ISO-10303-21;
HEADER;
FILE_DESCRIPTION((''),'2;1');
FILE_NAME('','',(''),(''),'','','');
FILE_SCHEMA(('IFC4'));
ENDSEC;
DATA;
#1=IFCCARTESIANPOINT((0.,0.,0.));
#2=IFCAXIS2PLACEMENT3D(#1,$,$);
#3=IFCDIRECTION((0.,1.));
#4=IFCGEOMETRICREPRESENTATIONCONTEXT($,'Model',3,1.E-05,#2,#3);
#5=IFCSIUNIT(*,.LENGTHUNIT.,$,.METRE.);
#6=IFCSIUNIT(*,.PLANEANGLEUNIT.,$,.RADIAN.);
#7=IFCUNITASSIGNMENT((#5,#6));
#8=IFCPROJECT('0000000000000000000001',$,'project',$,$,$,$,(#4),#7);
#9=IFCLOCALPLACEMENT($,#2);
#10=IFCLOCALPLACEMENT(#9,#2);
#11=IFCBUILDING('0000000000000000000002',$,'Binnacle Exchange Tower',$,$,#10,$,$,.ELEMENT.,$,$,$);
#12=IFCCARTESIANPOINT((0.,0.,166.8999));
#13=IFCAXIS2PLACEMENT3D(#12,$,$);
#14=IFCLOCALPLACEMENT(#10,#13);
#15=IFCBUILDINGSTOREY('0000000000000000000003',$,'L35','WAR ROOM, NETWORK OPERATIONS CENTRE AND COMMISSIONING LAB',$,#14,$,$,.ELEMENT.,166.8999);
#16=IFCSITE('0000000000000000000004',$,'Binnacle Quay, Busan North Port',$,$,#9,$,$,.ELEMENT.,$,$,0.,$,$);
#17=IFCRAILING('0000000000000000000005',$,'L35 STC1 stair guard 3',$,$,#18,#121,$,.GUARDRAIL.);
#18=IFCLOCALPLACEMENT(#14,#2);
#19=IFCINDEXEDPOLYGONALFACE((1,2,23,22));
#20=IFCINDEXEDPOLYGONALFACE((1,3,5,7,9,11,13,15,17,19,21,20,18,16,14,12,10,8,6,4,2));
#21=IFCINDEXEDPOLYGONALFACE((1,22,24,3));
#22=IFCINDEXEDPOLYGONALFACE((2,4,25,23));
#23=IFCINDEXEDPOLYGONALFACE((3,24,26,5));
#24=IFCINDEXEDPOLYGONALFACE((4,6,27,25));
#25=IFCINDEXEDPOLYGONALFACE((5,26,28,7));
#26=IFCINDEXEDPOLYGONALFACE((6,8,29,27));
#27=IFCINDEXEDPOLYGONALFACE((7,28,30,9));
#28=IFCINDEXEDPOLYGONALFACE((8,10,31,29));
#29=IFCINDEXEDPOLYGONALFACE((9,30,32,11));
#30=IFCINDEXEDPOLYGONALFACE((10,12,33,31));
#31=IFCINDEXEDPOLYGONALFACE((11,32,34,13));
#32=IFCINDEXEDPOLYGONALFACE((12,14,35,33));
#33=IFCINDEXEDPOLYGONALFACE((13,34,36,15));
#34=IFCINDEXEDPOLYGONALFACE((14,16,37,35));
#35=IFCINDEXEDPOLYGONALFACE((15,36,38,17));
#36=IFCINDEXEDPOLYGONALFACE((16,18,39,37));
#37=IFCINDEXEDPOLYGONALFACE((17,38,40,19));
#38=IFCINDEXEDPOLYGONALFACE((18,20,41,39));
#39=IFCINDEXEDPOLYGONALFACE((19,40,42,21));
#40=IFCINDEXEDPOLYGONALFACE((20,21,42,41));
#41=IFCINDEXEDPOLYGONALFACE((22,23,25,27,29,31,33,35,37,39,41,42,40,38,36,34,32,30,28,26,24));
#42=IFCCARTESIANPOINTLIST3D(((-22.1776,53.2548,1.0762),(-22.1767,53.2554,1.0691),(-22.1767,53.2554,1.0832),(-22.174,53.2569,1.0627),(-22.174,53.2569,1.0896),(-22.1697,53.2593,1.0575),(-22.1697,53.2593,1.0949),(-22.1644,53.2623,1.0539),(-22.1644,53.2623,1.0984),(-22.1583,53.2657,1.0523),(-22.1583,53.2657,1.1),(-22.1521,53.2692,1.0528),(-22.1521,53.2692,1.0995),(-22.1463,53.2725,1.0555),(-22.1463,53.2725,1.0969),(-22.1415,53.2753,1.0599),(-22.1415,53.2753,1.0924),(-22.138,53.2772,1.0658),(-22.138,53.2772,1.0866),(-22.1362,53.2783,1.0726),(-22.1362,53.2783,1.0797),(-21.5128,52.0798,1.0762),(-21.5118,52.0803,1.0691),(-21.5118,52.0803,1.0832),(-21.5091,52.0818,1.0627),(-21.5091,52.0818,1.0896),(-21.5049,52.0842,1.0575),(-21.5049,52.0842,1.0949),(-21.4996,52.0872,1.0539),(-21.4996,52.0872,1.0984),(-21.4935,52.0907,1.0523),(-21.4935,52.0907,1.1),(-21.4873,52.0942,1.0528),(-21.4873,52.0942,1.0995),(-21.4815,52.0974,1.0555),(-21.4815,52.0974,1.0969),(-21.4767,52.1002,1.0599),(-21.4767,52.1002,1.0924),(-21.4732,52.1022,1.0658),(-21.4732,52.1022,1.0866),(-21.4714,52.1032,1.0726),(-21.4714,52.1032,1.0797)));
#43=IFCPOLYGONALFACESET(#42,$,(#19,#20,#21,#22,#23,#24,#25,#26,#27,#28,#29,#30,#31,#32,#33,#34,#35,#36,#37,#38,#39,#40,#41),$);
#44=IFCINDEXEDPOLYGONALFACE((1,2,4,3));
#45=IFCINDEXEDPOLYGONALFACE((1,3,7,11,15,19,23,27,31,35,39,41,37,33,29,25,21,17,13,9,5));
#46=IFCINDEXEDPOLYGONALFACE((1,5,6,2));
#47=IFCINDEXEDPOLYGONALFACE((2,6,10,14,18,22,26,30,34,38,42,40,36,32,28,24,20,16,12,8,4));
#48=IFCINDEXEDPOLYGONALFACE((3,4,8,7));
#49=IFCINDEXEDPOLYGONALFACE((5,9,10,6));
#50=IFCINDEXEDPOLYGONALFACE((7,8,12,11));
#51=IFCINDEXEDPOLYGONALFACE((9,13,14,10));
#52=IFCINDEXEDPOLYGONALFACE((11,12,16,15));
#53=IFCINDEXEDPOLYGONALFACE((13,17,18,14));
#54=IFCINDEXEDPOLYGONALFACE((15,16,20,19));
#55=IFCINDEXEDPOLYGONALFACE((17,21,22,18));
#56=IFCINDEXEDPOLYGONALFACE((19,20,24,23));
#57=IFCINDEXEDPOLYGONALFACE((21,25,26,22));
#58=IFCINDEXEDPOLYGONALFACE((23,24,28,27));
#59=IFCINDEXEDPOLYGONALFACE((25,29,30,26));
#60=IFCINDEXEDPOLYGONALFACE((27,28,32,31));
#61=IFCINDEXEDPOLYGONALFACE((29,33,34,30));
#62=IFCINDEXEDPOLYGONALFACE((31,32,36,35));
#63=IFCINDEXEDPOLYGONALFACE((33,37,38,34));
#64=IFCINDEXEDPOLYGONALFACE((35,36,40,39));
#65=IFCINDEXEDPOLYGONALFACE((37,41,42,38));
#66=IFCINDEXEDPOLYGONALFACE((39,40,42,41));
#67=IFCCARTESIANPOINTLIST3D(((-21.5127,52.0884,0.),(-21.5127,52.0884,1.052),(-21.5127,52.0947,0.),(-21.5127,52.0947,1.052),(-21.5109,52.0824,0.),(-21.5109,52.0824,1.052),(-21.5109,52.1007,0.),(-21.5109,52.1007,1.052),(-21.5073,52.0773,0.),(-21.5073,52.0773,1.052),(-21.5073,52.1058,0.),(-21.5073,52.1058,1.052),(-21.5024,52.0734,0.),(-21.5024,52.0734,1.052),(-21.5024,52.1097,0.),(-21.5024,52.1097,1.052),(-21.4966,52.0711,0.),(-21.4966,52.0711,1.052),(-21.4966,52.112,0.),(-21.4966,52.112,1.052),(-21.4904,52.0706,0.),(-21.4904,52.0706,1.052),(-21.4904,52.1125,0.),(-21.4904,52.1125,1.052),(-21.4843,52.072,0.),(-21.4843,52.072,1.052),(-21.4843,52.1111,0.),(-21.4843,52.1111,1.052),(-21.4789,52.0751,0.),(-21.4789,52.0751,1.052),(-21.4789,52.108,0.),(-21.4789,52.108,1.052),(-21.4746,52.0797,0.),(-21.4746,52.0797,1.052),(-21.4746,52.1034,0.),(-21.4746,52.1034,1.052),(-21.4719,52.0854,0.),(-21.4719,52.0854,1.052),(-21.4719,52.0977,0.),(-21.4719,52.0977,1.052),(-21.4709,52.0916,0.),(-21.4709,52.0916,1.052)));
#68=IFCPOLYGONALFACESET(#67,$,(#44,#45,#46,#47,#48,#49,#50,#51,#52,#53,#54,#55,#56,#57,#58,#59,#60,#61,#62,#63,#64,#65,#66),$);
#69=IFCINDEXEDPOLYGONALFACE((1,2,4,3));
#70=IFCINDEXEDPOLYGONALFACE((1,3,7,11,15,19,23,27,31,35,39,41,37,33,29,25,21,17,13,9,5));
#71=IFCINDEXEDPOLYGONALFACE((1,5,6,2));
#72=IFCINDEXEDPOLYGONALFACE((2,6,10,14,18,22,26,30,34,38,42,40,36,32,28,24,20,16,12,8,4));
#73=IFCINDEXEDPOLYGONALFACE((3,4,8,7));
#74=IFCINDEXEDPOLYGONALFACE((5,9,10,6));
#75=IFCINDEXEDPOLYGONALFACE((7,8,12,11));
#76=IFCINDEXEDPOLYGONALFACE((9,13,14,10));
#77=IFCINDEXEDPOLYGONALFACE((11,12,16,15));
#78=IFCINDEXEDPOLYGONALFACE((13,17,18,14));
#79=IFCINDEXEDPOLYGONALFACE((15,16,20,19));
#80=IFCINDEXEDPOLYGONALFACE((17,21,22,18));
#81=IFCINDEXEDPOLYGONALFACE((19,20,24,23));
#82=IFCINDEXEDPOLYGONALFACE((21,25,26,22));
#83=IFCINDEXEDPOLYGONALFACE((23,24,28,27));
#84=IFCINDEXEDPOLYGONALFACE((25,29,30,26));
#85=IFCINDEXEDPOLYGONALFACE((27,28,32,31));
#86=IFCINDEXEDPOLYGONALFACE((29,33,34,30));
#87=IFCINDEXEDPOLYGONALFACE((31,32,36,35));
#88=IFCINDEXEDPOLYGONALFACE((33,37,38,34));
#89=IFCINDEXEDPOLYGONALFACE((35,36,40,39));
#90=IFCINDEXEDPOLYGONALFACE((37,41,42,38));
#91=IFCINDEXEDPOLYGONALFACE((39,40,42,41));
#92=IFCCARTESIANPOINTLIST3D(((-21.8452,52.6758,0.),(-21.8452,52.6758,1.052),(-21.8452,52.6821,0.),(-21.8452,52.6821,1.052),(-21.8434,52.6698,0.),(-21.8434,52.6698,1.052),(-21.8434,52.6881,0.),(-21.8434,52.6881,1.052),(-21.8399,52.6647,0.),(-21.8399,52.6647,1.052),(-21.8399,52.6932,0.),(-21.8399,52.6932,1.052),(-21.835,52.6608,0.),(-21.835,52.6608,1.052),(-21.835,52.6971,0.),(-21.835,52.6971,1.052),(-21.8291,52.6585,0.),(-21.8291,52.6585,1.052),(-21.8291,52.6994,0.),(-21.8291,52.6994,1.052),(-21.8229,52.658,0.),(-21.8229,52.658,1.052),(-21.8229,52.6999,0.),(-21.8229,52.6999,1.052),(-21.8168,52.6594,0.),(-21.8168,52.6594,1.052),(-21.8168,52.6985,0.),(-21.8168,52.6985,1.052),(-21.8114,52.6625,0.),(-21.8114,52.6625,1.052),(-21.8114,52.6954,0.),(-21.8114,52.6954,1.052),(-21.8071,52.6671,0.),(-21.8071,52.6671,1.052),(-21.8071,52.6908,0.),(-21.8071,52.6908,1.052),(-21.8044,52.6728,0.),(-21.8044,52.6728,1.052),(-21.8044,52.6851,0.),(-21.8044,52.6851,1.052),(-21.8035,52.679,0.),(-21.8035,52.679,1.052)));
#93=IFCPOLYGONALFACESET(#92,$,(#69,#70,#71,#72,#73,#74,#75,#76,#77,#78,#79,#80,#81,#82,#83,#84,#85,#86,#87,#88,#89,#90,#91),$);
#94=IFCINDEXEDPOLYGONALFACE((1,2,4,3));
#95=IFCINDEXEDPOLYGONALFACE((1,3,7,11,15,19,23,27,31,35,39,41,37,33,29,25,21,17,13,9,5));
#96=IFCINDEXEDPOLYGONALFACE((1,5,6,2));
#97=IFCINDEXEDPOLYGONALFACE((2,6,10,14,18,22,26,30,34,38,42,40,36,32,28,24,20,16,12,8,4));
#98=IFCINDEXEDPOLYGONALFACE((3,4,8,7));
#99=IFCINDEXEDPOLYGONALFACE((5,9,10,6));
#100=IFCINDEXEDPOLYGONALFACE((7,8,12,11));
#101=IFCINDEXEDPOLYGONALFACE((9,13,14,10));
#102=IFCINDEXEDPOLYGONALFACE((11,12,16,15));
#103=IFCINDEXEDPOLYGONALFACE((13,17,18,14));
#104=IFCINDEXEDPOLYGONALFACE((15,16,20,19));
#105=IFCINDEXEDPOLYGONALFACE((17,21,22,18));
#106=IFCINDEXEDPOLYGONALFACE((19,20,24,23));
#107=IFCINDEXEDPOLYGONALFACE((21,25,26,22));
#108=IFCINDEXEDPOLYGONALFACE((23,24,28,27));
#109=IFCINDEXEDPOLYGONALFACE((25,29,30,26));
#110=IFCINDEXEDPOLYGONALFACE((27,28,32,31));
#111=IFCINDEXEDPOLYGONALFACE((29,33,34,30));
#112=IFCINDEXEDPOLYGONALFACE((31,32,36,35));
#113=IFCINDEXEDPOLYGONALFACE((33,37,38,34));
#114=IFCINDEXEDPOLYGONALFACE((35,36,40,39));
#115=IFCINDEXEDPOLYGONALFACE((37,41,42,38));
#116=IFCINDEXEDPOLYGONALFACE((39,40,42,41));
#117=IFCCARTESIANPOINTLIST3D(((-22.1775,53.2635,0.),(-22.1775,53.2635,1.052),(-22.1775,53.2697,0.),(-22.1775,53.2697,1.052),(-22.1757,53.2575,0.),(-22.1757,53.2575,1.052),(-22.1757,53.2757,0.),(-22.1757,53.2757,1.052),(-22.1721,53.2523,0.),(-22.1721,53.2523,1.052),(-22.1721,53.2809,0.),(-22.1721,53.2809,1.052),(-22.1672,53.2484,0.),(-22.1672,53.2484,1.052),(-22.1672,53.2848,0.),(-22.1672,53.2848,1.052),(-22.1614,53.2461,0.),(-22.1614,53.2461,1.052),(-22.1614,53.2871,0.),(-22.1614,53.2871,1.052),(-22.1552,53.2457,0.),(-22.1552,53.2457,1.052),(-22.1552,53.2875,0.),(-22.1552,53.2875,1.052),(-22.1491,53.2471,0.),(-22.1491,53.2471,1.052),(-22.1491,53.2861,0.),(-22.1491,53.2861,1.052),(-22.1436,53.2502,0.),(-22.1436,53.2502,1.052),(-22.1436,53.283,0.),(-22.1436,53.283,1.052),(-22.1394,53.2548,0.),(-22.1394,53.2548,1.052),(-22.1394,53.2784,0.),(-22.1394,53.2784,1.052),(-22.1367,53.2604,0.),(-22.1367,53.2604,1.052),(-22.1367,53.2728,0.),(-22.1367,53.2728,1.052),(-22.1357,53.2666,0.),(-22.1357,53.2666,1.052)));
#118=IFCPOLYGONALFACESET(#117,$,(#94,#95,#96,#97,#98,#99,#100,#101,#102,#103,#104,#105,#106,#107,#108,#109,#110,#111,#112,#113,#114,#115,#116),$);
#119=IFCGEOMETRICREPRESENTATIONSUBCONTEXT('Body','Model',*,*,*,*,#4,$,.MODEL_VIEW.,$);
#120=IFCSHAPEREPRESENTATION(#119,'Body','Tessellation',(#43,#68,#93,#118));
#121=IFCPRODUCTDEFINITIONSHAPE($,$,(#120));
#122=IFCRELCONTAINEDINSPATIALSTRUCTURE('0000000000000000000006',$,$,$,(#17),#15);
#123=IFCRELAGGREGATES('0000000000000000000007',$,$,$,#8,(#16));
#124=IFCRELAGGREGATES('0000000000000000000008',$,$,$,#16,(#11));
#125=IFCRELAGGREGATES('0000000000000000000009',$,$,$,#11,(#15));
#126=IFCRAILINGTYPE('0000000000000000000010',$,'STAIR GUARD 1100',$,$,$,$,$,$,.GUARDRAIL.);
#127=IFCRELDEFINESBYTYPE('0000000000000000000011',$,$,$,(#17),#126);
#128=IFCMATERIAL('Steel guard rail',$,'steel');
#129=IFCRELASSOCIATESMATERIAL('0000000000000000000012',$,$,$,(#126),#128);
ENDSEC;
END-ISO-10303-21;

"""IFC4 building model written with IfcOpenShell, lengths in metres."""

from ifc_helpers import new_model, si_unit, direction, frame, origin, origin_2d, place, context, subcontext, project, spatial, circle, extrude, material, type_object, element, save


model = new_model("IFC4")

# Units and contexts
model_context = context("Model", 3, precision=1e-05, world=origin(), true_north=direction((0.0, 1.0)))
body_context = subcontext(model_context, "Body", "Model", "MODEL_VIEW")
ifc_project = project(units=[si_unit("LENGTHUNIT", "METRE"), si_unit("PLANEANGLEUNIT", "RADIAN")], contexts=[model_context])

# Site, building, storey
site_placement = place(None, origin())
site = spatial("IfcSite", under=ifc_project, at=site_placement, Name="Binnacle Quay, Busan North Port", CompositionType="ELEMENT", RefElevation=0.0)
building_placement = place(site_placement, origin())
building = spatial("IfcBuilding", under=site, at=building_placement, Name="Binnacle Exchange Tower", CompositionType="ELEMENT")
storey_placement = place(building_placement, frame((0.0, 0.0, 166.8999)))
storey = spatial("IfcBuildingStorey", under=building, at=storey_placement, Name="L35", Description="WAR ROOM, NETWORK OPERATIONS CENTRE AND COMMISSIONING LAB", CompositionType="ELEMENT", Elevation=166.8999)

# Railing
ifc_material_1 = material(Name="Steel guard rail", Category="steel")
railing_type_1 = type_object("IfcRailingType", Name="STAIR GUARD 1100", PredefinedType="GUARDRAIL", material=ifc_material_1)
railing_1_placement = place(storey_placement, frame((-21.4919, 52.0916, 0.0)))
element("IfcRailing", 1, at=railing_1_placement, inside=storey, type_object=railing_type_1, Name="L35 STC1 stair guard 3", PredefinedType="GUARDRAIL", context=body_context, shape_type="SweptSolid", body=[
    extrude(circle(Radius=0.0239, at=origin_2d()), frame((0.0, 0.0, 1.0762), z_axis=(-0.492415, 0.870361, 0.0), x_axis=(-0.870361, -0.492415, 0.0)), (0.0, 0.0, 1.0), 1.3501),
    extrude(circle(Radius=0.021, at=origin_2d()), origin(), (0.0, 0.0, 1.0), 1.052),
    extrude(circle(Radius=0.021, at=origin_2d()), frame((-0.3325, 0.5874, 0.0)), (0.0, 0.0, 1.0), 1.052),
    extrude(circle(Radius=0.021, at=origin_2d()), frame((-0.6648, 1.175, 0.0)), (0.0, 0.0, 1.0), 1.052),
])

save(model, "model.ifc")
